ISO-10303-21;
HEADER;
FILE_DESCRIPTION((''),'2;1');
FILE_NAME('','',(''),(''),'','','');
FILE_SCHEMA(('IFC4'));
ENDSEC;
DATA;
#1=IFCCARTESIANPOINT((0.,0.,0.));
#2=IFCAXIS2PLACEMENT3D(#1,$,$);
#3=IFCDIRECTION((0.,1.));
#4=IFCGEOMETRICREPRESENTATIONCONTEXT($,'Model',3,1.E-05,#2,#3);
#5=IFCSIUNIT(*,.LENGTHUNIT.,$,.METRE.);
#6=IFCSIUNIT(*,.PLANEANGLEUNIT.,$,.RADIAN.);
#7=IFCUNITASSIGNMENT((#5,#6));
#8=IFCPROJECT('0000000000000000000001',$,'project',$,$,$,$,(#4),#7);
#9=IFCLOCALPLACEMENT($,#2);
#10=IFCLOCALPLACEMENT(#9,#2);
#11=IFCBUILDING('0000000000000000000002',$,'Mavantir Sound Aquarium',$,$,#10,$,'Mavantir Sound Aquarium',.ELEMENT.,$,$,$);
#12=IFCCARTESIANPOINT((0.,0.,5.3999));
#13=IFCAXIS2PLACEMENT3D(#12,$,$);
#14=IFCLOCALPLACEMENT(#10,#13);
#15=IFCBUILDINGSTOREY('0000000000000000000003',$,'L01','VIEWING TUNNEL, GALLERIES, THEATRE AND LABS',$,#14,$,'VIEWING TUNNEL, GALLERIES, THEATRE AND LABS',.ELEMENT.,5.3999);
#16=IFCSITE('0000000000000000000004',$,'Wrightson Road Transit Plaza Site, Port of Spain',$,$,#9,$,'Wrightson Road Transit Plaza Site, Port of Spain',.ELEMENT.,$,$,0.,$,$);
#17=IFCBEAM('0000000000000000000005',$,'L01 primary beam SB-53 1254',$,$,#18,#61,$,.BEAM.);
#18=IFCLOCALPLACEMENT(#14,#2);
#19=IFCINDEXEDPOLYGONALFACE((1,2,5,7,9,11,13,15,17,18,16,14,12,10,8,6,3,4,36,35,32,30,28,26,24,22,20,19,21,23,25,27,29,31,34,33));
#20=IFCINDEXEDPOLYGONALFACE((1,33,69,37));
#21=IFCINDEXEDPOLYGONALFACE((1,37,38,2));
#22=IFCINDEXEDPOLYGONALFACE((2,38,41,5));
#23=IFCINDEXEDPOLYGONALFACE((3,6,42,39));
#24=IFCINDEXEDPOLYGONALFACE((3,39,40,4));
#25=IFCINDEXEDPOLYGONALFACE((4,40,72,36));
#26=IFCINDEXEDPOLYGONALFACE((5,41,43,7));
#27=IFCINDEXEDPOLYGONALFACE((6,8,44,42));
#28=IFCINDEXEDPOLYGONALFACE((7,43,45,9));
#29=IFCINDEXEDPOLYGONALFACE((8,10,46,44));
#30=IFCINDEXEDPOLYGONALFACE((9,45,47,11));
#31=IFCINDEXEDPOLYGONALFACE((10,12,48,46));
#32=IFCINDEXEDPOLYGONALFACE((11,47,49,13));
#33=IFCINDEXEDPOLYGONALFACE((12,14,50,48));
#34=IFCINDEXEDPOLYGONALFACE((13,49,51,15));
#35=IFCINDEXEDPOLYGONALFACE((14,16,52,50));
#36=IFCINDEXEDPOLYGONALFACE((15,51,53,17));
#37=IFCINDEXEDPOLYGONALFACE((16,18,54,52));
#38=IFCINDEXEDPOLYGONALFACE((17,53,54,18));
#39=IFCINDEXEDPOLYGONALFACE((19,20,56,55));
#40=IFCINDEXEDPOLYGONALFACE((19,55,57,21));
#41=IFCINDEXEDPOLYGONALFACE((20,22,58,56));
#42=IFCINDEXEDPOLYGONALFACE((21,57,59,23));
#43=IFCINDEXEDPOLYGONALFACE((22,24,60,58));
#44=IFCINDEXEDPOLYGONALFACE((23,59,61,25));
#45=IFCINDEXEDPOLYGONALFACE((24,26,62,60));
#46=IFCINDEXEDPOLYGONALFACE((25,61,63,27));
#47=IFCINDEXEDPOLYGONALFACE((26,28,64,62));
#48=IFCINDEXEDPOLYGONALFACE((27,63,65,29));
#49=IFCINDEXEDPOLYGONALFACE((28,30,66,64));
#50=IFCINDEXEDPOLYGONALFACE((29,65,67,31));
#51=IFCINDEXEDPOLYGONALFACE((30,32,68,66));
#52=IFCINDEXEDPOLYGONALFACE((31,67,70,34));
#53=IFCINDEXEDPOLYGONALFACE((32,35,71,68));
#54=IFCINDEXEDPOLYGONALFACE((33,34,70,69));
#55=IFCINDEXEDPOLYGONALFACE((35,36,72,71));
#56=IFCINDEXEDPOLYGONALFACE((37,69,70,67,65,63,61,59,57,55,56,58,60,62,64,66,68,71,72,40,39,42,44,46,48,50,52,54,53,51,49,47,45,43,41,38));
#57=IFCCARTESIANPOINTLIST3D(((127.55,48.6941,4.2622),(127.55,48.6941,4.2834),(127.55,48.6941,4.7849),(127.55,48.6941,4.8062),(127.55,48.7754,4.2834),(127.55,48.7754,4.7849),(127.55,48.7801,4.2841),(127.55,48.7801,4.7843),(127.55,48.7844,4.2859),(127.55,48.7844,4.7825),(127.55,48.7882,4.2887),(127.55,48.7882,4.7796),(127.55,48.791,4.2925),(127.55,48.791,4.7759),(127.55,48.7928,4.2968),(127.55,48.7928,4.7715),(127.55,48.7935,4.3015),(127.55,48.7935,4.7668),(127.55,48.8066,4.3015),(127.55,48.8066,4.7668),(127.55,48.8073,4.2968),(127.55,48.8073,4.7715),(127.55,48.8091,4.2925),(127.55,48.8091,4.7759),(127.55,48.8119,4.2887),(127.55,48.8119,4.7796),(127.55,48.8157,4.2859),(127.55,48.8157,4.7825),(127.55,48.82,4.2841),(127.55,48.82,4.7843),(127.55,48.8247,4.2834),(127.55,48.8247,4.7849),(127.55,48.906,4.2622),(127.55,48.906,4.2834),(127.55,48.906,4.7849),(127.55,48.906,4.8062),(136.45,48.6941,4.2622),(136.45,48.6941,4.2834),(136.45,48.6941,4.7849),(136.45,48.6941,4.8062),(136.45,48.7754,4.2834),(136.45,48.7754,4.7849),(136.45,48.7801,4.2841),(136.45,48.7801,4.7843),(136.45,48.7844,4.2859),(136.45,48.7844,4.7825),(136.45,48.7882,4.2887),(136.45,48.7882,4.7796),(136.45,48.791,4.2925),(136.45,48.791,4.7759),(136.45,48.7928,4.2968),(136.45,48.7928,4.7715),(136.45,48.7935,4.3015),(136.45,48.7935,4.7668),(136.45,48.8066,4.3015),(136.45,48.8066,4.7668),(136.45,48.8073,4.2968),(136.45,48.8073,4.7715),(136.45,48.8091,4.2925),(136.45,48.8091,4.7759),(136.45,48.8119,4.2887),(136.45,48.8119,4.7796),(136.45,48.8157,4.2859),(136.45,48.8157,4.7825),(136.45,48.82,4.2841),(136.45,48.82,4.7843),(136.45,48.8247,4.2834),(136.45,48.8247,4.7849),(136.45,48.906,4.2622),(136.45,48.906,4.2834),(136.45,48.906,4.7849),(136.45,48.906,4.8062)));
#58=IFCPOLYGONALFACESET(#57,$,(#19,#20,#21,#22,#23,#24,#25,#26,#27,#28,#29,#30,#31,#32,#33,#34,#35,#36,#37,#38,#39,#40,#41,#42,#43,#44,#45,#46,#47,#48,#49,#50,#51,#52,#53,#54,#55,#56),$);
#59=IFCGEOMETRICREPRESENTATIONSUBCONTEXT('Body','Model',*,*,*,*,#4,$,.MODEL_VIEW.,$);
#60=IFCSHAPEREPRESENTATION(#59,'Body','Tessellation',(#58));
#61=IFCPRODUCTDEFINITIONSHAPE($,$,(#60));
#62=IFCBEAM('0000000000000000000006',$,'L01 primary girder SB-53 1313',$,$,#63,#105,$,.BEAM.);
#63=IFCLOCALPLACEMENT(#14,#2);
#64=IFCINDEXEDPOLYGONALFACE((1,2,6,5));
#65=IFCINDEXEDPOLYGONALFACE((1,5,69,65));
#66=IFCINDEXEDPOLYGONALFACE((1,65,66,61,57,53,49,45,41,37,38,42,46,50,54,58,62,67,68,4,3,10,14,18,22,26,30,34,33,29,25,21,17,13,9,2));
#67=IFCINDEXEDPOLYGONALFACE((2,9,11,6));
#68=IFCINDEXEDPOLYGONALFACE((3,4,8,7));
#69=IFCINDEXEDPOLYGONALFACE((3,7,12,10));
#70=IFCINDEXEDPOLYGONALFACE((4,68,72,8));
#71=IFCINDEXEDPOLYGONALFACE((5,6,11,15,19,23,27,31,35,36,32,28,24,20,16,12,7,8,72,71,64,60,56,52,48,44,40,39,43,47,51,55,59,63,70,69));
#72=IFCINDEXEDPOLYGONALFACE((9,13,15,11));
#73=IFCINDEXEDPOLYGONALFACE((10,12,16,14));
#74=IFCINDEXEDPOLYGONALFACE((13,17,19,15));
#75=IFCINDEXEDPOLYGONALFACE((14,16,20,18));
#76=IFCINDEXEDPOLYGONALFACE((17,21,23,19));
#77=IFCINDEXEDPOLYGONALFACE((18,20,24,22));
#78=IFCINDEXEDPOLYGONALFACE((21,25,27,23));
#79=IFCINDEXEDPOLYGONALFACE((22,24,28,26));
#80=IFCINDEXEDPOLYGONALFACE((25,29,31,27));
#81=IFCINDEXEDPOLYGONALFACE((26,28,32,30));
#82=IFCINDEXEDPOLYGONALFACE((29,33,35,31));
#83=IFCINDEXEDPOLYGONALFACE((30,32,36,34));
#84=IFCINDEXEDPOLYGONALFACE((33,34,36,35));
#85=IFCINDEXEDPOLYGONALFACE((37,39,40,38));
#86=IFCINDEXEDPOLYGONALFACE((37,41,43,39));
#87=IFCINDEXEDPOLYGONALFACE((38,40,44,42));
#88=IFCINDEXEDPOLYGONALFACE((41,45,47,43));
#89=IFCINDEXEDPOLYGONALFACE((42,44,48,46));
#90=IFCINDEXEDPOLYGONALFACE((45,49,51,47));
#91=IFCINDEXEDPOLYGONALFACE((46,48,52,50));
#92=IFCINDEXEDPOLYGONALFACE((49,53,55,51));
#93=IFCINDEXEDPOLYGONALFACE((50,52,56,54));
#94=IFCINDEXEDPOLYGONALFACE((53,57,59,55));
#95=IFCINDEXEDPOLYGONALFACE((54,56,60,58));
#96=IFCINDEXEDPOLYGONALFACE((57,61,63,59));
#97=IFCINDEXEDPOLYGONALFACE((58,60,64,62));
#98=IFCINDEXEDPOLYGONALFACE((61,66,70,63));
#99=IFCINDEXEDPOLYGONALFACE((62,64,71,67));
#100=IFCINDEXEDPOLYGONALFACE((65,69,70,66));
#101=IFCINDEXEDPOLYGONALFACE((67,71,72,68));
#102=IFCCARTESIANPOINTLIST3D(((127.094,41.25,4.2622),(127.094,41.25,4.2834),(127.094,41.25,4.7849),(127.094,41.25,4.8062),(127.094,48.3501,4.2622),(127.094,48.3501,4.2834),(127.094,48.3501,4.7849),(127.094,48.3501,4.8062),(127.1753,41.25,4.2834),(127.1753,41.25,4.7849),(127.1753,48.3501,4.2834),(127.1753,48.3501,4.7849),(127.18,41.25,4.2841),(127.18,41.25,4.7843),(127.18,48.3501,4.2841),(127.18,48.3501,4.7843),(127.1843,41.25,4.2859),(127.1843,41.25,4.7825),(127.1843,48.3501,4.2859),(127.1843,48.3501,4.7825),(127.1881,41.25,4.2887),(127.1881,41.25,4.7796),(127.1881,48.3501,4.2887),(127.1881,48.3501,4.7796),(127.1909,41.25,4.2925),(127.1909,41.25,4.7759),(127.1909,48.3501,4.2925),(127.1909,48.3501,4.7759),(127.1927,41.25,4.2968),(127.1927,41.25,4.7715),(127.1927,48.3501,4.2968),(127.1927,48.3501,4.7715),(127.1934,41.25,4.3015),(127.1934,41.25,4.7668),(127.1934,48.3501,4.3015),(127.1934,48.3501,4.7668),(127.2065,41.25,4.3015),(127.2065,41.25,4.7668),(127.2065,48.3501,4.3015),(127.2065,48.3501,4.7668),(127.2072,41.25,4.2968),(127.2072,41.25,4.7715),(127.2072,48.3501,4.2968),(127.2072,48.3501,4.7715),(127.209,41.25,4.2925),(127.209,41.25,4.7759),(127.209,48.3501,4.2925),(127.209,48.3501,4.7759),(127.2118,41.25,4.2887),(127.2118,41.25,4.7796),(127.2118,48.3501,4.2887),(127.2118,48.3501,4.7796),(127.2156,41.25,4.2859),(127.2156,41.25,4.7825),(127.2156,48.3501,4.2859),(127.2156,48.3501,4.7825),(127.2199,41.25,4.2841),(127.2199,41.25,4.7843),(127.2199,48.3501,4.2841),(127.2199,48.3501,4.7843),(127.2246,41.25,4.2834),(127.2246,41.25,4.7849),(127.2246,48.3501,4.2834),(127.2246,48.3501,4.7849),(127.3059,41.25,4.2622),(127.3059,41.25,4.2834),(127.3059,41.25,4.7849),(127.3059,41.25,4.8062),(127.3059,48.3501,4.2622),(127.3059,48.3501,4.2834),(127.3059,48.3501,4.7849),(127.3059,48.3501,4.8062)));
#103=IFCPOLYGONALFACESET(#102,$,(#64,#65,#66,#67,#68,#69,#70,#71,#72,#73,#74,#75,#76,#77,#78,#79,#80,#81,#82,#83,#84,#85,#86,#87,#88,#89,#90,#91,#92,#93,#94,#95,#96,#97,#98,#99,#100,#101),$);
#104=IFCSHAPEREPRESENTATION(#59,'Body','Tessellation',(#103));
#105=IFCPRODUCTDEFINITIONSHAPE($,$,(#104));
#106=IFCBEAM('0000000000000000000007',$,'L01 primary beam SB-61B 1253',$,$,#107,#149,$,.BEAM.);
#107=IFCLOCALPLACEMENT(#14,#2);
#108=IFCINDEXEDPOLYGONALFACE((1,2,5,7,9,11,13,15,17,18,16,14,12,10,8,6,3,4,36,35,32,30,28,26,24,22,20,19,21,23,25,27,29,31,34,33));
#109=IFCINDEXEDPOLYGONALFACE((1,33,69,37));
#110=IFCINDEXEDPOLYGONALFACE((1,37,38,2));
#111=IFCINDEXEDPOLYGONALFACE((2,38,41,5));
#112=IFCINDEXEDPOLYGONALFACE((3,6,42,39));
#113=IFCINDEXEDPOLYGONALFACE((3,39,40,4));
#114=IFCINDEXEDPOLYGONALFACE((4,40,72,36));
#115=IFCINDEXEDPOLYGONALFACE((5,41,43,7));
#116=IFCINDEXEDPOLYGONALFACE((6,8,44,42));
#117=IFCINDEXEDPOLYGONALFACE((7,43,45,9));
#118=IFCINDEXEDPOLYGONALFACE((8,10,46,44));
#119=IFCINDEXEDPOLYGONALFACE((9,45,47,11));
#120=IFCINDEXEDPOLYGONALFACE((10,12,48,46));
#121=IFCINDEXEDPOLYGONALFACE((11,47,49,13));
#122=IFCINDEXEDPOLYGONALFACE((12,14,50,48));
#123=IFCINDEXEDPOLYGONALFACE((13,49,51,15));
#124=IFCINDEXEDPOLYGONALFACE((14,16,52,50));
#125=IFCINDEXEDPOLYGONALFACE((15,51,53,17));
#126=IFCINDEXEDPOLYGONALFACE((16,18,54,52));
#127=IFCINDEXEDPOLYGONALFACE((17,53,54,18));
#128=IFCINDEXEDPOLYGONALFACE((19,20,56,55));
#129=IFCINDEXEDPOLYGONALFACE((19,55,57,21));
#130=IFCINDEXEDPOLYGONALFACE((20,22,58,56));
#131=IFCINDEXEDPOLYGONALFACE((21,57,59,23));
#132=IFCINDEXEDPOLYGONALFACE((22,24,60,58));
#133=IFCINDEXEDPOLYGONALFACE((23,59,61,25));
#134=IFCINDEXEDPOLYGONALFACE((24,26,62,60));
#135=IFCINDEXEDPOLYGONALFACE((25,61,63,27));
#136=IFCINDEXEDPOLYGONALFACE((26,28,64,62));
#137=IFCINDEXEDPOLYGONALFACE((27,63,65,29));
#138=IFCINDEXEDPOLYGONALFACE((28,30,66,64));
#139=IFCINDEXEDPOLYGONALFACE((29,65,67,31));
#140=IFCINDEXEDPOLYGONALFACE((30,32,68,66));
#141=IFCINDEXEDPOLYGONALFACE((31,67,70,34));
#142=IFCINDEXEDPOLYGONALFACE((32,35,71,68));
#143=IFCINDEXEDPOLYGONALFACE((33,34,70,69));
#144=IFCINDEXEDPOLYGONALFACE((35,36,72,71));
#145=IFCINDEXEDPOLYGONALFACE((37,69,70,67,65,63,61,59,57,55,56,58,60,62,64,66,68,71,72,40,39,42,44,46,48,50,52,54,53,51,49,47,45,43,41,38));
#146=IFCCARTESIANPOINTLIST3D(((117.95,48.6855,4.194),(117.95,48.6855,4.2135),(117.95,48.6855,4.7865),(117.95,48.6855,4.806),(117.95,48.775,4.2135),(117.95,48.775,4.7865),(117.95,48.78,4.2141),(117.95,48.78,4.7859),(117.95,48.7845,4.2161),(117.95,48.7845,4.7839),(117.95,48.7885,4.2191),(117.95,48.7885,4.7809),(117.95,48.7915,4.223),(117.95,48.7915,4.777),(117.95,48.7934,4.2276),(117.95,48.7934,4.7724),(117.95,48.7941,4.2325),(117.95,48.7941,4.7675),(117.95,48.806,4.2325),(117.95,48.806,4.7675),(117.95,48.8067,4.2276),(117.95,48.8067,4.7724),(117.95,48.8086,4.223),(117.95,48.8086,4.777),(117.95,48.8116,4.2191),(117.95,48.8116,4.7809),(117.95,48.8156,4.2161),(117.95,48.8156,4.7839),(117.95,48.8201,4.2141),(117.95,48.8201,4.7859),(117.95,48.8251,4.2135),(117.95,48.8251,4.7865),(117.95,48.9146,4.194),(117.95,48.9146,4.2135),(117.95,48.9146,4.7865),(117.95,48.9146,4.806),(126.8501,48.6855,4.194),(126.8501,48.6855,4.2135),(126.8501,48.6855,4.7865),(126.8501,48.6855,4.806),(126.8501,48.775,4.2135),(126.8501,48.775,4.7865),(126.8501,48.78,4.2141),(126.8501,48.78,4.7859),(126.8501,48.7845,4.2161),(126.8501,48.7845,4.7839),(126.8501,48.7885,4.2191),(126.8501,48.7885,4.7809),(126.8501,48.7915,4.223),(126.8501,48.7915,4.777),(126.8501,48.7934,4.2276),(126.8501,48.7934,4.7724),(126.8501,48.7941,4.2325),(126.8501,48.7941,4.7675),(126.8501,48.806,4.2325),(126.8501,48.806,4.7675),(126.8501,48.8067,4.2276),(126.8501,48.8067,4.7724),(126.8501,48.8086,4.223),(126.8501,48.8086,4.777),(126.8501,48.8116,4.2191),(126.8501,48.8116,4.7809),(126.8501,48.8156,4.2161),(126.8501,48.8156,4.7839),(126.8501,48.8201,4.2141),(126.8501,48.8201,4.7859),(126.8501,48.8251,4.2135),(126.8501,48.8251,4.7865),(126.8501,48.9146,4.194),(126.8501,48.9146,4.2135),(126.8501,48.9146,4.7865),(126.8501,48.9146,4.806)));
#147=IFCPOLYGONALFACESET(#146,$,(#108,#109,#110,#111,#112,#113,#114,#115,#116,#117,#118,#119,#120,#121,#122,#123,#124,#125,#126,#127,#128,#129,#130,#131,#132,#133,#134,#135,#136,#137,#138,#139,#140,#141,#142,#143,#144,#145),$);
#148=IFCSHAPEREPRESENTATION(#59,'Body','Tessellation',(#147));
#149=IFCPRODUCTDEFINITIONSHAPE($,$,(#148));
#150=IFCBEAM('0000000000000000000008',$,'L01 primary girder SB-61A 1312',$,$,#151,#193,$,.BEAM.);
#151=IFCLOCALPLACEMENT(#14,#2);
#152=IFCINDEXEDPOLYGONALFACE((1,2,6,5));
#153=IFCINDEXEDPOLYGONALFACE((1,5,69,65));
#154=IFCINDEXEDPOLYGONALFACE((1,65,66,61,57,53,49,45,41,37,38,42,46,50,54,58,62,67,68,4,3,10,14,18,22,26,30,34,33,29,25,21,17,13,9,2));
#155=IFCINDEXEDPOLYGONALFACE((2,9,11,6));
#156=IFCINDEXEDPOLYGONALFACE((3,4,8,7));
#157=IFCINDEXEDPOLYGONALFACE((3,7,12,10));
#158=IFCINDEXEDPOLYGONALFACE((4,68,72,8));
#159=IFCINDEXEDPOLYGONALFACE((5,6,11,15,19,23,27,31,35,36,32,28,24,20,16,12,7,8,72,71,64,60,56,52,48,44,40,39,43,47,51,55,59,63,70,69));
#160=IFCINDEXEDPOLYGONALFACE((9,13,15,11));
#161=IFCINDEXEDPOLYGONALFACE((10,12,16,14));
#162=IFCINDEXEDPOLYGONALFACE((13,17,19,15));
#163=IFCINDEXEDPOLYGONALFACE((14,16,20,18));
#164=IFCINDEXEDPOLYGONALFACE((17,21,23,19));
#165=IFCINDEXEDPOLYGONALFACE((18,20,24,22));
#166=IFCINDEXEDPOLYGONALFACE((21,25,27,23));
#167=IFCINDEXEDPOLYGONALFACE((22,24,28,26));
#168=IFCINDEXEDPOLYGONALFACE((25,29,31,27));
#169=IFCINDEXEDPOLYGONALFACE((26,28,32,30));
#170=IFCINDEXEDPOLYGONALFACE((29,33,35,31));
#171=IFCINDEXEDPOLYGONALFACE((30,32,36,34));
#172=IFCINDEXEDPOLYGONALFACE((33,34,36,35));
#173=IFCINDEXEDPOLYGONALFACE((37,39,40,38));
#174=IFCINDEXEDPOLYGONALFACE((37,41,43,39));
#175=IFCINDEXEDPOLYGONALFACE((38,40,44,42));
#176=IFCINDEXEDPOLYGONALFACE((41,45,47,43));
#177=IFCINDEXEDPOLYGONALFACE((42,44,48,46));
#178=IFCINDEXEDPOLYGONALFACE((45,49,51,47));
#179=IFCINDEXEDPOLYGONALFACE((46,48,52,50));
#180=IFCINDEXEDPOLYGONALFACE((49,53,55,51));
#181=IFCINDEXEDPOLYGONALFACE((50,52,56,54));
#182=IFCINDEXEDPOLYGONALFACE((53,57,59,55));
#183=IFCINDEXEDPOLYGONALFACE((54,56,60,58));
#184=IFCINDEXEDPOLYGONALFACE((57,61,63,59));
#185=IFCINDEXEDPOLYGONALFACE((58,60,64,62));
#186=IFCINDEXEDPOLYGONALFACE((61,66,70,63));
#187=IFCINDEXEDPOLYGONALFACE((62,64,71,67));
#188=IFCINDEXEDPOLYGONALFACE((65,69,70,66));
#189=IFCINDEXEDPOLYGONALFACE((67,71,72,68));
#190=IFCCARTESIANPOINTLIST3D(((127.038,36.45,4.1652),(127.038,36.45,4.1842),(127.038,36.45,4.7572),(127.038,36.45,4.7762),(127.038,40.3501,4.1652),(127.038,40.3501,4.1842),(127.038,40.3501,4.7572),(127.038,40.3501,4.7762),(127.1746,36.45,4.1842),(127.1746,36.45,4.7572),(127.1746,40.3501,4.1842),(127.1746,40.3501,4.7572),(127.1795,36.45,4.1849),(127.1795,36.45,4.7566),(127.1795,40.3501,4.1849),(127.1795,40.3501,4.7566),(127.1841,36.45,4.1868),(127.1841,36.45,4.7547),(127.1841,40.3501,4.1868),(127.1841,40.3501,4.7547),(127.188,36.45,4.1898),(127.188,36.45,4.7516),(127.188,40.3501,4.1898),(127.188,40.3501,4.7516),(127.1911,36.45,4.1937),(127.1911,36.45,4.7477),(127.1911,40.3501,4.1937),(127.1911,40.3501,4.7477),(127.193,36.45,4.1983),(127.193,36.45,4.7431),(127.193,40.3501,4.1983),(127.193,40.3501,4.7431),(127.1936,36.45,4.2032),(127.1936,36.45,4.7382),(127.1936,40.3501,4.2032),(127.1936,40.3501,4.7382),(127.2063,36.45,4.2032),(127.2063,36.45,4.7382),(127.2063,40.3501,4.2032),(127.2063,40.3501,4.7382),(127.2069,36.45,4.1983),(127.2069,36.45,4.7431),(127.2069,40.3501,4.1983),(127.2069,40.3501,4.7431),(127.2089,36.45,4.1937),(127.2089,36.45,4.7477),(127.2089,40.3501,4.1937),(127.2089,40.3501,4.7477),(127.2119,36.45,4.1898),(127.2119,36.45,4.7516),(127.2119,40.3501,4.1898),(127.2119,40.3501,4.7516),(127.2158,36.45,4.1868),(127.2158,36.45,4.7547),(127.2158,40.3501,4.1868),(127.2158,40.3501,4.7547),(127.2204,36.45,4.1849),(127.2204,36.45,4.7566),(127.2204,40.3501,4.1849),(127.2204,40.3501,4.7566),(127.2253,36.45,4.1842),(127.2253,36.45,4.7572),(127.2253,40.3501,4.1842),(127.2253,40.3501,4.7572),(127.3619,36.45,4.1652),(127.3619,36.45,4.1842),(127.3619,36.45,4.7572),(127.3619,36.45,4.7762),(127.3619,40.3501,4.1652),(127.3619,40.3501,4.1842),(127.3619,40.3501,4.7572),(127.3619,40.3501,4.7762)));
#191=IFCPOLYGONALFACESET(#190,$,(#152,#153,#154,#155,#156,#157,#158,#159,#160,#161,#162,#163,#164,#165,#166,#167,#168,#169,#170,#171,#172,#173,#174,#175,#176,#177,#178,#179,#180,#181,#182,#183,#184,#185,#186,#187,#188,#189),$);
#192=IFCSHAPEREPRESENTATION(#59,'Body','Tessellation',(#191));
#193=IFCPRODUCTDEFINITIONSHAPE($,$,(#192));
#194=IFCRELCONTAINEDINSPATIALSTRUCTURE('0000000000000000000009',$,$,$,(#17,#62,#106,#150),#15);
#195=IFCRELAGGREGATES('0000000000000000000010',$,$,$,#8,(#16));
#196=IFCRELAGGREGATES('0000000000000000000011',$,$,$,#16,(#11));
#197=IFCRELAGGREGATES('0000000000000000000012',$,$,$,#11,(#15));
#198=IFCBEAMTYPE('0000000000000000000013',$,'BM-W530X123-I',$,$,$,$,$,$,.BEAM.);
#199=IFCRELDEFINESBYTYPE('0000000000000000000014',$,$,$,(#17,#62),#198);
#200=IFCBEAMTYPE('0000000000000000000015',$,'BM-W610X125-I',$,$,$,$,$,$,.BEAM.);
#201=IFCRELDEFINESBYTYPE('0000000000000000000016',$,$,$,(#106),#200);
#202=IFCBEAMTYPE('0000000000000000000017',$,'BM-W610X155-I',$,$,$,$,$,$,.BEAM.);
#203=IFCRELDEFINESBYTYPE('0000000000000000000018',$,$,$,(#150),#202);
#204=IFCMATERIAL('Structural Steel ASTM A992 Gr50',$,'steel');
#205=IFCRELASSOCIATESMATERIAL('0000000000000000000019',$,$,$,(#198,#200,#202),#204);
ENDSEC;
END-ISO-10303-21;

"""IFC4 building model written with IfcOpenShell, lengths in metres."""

from ifc_helpers import new_model, si_unit, direction, frame, origin, origin_2d, place, context, subcontext, project, spatial, i_section, extrude, material, material_profile, profile_set, type_object, element, save


model = new_model("IFC4")

# Units and contexts
model_context = context("Model", 3, precision=1e-05, world=origin(), true_north=direction((0.0, 1.0)))
body_context = subcontext(model_context, "Body", "Model", "MODEL_VIEW")
ifc_project = project(units=[si_unit("LENGTHUNIT", "METRE"), si_unit("PLANEANGLEUNIT", "RADIAN")], contexts=[model_context])

# Site, building, storey
site_placement = place(None, origin())
site = spatial("IfcSite", under=ifc_project, at=site_placement, Name="Wrightson Road Transit Plaza Site, Port of Spain", LongName="Wrightson Road Transit Plaza Site, Port of Spain", CompositionType="ELEMENT", RefElevation=0.0)
building_placement = place(site_placement, origin())
building = spatial("IfcBuilding", under=site, at=building_placement, Name="Mavantir Sound Aquarium", LongName="Mavantir Sound Aquarium", CompositionType="ELEMENT")
storey_placement = place(building_placement, frame((0.0, 0.0, 5.3999)))
storey = spatial("IfcBuildingStorey", under=building, at=storey_placement, Name="L01", Description="VIEWING TUNNEL, GALLERIES, THEATRE AND LABS", LongName="VIEWING TUNNEL, GALLERIES, THEATRE AND LABS", CompositionType="ELEMENT", Elevation=5.3999)

# Beams
ifc_material_1 = material(Name="Structural Steel ASTM A992 Gr50", Category="steel")
ifc_material_profile_1 = material_profile(ifc_material_1, i_section(OverallWidth=0.2119, OverallDepth=0.5439, WebThickness=0.0132, FlangeThickness=0.0212, FilletRadius=0.0181, at=origin_2d()), Name="W530X123")
ifc_profile_set_1 = profile_set([ifc_material_profile_1], Name="Structural Steel ASTM A992 Gr50")
beam_type_1 = type_object("IfcBeamType", Name="BM-W530X123-I", PredefinedType="BEAM", material=ifc_profile_set_1)
beam_1_placement = place(storey_placement, frame((127.55, 48.8, 4.5342), z_axis=(1.0, 0.0, 0.0), x_axis=(0.0, 1.0, 0.0)))
element("IfcBeam", 1, at=beam_1_placement, inside=storey, type_object=beam_type_1, Name="L01 primary beam SB-53 1254", PredefinedType="BEAM", context=body_context, shape_type="SweptSolid", body=[
    extrude(i_section(OverallWidth=0.2119, OverallDepth=0.5439, WebThickness=0.0132, FlangeThickness=0.0212, FilletRadius=0.0181, at=origin_2d()), origin(), (0.0, 0.0, 1.0), 8.8999),
])
beam_2_placement = place(storey_placement, frame((127.2, 41.25, 4.5342), z_axis=(0.0, 1.0, 0.0), x_axis=(-1.0, 0.0, 0.0)))
element("IfcBeam", 2, at=beam_2_placement, inside=storey, type_object=beam_type_1, Name="L01 primary girder SB-53 1313", PredefinedType="BEAM", context=body_context, shape_type="SweptSolid", body=[
    extrude(i_section(OverallWidth=0.2119, OverallDepth=0.5439, WebThickness=0.0132, FlangeThickness=0.0212, FilletRadius=0.0181, at=origin_2d()), origin(), (0.0, 0.0, 1.0), 7.1001),
])
ifc_material_profile_2 = material_profile(ifc_material_1, i_section(OverallWidth=0.229, OverallDepth=0.6121, WebThickness=0.012, FlangeThickness=0.0195, FilletRadius=0.019, at=origin_2d()), Name="W610X125")
ifc_profile_set_2 = profile_set([ifc_material_profile_2], Name="Structural Steel ASTM A992 Gr50")
beam_type_2 = type_object("IfcBeamType", Name="BM-W610X125-I", PredefinedType="BEAM", material=ifc_profile_set_2)
beam_3_placement = place(storey_placement, frame((117.95, 48.8, 4.5), z_axis=(1.0, 0.0, 0.0), x_axis=(0.0, 1.0, 0.0)))
element("IfcBeam", 3, at=beam_3_placement, inside=storey, type_object=beam_type_2, Name="L01 primary beam SB-61B 1253", PredefinedType="BEAM", context=body_context, shape_type="SweptSolid", body=[
    extrude(i_section(OverallWidth=0.229, OverallDepth=0.6121, WebThickness=0.012, FlangeThickness=0.0195, FilletRadius=0.019, at=origin_2d()), origin(), (0.0, 0.0, 1.0), 8.9001),
])
ifc_material_profile_3 = material_profile(ifc_material_1, i_section(OverallWidth=0.324, OverallDepth=0.6111, WebThickness=0.0127, FlangeThickness=0.019, FilletRadius=0.019, at=origin_2d()), Name="W610X155")
ifc_profile_set_3 = profile_set([ifc_material_profile_3], Name="Structural Steel ASTM A992 Gr50")
beam_type_3 = type_object("IfcBeamType", Name="BM-W610X155-I", PredefinedType="BEAM", material=ifc_profile_set_3)
beam_4_placement = place(storey_placement, frame((127.2, 36.45, 4.4707), z_axis=(0.0, 1.0, 0.0), x_axis=(-1.0, 0.0, 0.0)))
element("IfcBeam", 4, at=beam_4_placement, inside=storey, type_object=beam_type_3, Name="L01 primary girder SB-61A 1312", PredefinedType="BEAM", context=body_context, shape_type="SweptSolid", body=[
    extrude(i_section(OverallWidth=0.324, OverallDepth=0.6111, WebThickness=0.0127, FlangeThickness=0.019, FilletRadius=0.019, at=origin_2d()), origin(), (0.0, 0.0, 1.0), 3.9001),
])

save(model, "model.ifc")
